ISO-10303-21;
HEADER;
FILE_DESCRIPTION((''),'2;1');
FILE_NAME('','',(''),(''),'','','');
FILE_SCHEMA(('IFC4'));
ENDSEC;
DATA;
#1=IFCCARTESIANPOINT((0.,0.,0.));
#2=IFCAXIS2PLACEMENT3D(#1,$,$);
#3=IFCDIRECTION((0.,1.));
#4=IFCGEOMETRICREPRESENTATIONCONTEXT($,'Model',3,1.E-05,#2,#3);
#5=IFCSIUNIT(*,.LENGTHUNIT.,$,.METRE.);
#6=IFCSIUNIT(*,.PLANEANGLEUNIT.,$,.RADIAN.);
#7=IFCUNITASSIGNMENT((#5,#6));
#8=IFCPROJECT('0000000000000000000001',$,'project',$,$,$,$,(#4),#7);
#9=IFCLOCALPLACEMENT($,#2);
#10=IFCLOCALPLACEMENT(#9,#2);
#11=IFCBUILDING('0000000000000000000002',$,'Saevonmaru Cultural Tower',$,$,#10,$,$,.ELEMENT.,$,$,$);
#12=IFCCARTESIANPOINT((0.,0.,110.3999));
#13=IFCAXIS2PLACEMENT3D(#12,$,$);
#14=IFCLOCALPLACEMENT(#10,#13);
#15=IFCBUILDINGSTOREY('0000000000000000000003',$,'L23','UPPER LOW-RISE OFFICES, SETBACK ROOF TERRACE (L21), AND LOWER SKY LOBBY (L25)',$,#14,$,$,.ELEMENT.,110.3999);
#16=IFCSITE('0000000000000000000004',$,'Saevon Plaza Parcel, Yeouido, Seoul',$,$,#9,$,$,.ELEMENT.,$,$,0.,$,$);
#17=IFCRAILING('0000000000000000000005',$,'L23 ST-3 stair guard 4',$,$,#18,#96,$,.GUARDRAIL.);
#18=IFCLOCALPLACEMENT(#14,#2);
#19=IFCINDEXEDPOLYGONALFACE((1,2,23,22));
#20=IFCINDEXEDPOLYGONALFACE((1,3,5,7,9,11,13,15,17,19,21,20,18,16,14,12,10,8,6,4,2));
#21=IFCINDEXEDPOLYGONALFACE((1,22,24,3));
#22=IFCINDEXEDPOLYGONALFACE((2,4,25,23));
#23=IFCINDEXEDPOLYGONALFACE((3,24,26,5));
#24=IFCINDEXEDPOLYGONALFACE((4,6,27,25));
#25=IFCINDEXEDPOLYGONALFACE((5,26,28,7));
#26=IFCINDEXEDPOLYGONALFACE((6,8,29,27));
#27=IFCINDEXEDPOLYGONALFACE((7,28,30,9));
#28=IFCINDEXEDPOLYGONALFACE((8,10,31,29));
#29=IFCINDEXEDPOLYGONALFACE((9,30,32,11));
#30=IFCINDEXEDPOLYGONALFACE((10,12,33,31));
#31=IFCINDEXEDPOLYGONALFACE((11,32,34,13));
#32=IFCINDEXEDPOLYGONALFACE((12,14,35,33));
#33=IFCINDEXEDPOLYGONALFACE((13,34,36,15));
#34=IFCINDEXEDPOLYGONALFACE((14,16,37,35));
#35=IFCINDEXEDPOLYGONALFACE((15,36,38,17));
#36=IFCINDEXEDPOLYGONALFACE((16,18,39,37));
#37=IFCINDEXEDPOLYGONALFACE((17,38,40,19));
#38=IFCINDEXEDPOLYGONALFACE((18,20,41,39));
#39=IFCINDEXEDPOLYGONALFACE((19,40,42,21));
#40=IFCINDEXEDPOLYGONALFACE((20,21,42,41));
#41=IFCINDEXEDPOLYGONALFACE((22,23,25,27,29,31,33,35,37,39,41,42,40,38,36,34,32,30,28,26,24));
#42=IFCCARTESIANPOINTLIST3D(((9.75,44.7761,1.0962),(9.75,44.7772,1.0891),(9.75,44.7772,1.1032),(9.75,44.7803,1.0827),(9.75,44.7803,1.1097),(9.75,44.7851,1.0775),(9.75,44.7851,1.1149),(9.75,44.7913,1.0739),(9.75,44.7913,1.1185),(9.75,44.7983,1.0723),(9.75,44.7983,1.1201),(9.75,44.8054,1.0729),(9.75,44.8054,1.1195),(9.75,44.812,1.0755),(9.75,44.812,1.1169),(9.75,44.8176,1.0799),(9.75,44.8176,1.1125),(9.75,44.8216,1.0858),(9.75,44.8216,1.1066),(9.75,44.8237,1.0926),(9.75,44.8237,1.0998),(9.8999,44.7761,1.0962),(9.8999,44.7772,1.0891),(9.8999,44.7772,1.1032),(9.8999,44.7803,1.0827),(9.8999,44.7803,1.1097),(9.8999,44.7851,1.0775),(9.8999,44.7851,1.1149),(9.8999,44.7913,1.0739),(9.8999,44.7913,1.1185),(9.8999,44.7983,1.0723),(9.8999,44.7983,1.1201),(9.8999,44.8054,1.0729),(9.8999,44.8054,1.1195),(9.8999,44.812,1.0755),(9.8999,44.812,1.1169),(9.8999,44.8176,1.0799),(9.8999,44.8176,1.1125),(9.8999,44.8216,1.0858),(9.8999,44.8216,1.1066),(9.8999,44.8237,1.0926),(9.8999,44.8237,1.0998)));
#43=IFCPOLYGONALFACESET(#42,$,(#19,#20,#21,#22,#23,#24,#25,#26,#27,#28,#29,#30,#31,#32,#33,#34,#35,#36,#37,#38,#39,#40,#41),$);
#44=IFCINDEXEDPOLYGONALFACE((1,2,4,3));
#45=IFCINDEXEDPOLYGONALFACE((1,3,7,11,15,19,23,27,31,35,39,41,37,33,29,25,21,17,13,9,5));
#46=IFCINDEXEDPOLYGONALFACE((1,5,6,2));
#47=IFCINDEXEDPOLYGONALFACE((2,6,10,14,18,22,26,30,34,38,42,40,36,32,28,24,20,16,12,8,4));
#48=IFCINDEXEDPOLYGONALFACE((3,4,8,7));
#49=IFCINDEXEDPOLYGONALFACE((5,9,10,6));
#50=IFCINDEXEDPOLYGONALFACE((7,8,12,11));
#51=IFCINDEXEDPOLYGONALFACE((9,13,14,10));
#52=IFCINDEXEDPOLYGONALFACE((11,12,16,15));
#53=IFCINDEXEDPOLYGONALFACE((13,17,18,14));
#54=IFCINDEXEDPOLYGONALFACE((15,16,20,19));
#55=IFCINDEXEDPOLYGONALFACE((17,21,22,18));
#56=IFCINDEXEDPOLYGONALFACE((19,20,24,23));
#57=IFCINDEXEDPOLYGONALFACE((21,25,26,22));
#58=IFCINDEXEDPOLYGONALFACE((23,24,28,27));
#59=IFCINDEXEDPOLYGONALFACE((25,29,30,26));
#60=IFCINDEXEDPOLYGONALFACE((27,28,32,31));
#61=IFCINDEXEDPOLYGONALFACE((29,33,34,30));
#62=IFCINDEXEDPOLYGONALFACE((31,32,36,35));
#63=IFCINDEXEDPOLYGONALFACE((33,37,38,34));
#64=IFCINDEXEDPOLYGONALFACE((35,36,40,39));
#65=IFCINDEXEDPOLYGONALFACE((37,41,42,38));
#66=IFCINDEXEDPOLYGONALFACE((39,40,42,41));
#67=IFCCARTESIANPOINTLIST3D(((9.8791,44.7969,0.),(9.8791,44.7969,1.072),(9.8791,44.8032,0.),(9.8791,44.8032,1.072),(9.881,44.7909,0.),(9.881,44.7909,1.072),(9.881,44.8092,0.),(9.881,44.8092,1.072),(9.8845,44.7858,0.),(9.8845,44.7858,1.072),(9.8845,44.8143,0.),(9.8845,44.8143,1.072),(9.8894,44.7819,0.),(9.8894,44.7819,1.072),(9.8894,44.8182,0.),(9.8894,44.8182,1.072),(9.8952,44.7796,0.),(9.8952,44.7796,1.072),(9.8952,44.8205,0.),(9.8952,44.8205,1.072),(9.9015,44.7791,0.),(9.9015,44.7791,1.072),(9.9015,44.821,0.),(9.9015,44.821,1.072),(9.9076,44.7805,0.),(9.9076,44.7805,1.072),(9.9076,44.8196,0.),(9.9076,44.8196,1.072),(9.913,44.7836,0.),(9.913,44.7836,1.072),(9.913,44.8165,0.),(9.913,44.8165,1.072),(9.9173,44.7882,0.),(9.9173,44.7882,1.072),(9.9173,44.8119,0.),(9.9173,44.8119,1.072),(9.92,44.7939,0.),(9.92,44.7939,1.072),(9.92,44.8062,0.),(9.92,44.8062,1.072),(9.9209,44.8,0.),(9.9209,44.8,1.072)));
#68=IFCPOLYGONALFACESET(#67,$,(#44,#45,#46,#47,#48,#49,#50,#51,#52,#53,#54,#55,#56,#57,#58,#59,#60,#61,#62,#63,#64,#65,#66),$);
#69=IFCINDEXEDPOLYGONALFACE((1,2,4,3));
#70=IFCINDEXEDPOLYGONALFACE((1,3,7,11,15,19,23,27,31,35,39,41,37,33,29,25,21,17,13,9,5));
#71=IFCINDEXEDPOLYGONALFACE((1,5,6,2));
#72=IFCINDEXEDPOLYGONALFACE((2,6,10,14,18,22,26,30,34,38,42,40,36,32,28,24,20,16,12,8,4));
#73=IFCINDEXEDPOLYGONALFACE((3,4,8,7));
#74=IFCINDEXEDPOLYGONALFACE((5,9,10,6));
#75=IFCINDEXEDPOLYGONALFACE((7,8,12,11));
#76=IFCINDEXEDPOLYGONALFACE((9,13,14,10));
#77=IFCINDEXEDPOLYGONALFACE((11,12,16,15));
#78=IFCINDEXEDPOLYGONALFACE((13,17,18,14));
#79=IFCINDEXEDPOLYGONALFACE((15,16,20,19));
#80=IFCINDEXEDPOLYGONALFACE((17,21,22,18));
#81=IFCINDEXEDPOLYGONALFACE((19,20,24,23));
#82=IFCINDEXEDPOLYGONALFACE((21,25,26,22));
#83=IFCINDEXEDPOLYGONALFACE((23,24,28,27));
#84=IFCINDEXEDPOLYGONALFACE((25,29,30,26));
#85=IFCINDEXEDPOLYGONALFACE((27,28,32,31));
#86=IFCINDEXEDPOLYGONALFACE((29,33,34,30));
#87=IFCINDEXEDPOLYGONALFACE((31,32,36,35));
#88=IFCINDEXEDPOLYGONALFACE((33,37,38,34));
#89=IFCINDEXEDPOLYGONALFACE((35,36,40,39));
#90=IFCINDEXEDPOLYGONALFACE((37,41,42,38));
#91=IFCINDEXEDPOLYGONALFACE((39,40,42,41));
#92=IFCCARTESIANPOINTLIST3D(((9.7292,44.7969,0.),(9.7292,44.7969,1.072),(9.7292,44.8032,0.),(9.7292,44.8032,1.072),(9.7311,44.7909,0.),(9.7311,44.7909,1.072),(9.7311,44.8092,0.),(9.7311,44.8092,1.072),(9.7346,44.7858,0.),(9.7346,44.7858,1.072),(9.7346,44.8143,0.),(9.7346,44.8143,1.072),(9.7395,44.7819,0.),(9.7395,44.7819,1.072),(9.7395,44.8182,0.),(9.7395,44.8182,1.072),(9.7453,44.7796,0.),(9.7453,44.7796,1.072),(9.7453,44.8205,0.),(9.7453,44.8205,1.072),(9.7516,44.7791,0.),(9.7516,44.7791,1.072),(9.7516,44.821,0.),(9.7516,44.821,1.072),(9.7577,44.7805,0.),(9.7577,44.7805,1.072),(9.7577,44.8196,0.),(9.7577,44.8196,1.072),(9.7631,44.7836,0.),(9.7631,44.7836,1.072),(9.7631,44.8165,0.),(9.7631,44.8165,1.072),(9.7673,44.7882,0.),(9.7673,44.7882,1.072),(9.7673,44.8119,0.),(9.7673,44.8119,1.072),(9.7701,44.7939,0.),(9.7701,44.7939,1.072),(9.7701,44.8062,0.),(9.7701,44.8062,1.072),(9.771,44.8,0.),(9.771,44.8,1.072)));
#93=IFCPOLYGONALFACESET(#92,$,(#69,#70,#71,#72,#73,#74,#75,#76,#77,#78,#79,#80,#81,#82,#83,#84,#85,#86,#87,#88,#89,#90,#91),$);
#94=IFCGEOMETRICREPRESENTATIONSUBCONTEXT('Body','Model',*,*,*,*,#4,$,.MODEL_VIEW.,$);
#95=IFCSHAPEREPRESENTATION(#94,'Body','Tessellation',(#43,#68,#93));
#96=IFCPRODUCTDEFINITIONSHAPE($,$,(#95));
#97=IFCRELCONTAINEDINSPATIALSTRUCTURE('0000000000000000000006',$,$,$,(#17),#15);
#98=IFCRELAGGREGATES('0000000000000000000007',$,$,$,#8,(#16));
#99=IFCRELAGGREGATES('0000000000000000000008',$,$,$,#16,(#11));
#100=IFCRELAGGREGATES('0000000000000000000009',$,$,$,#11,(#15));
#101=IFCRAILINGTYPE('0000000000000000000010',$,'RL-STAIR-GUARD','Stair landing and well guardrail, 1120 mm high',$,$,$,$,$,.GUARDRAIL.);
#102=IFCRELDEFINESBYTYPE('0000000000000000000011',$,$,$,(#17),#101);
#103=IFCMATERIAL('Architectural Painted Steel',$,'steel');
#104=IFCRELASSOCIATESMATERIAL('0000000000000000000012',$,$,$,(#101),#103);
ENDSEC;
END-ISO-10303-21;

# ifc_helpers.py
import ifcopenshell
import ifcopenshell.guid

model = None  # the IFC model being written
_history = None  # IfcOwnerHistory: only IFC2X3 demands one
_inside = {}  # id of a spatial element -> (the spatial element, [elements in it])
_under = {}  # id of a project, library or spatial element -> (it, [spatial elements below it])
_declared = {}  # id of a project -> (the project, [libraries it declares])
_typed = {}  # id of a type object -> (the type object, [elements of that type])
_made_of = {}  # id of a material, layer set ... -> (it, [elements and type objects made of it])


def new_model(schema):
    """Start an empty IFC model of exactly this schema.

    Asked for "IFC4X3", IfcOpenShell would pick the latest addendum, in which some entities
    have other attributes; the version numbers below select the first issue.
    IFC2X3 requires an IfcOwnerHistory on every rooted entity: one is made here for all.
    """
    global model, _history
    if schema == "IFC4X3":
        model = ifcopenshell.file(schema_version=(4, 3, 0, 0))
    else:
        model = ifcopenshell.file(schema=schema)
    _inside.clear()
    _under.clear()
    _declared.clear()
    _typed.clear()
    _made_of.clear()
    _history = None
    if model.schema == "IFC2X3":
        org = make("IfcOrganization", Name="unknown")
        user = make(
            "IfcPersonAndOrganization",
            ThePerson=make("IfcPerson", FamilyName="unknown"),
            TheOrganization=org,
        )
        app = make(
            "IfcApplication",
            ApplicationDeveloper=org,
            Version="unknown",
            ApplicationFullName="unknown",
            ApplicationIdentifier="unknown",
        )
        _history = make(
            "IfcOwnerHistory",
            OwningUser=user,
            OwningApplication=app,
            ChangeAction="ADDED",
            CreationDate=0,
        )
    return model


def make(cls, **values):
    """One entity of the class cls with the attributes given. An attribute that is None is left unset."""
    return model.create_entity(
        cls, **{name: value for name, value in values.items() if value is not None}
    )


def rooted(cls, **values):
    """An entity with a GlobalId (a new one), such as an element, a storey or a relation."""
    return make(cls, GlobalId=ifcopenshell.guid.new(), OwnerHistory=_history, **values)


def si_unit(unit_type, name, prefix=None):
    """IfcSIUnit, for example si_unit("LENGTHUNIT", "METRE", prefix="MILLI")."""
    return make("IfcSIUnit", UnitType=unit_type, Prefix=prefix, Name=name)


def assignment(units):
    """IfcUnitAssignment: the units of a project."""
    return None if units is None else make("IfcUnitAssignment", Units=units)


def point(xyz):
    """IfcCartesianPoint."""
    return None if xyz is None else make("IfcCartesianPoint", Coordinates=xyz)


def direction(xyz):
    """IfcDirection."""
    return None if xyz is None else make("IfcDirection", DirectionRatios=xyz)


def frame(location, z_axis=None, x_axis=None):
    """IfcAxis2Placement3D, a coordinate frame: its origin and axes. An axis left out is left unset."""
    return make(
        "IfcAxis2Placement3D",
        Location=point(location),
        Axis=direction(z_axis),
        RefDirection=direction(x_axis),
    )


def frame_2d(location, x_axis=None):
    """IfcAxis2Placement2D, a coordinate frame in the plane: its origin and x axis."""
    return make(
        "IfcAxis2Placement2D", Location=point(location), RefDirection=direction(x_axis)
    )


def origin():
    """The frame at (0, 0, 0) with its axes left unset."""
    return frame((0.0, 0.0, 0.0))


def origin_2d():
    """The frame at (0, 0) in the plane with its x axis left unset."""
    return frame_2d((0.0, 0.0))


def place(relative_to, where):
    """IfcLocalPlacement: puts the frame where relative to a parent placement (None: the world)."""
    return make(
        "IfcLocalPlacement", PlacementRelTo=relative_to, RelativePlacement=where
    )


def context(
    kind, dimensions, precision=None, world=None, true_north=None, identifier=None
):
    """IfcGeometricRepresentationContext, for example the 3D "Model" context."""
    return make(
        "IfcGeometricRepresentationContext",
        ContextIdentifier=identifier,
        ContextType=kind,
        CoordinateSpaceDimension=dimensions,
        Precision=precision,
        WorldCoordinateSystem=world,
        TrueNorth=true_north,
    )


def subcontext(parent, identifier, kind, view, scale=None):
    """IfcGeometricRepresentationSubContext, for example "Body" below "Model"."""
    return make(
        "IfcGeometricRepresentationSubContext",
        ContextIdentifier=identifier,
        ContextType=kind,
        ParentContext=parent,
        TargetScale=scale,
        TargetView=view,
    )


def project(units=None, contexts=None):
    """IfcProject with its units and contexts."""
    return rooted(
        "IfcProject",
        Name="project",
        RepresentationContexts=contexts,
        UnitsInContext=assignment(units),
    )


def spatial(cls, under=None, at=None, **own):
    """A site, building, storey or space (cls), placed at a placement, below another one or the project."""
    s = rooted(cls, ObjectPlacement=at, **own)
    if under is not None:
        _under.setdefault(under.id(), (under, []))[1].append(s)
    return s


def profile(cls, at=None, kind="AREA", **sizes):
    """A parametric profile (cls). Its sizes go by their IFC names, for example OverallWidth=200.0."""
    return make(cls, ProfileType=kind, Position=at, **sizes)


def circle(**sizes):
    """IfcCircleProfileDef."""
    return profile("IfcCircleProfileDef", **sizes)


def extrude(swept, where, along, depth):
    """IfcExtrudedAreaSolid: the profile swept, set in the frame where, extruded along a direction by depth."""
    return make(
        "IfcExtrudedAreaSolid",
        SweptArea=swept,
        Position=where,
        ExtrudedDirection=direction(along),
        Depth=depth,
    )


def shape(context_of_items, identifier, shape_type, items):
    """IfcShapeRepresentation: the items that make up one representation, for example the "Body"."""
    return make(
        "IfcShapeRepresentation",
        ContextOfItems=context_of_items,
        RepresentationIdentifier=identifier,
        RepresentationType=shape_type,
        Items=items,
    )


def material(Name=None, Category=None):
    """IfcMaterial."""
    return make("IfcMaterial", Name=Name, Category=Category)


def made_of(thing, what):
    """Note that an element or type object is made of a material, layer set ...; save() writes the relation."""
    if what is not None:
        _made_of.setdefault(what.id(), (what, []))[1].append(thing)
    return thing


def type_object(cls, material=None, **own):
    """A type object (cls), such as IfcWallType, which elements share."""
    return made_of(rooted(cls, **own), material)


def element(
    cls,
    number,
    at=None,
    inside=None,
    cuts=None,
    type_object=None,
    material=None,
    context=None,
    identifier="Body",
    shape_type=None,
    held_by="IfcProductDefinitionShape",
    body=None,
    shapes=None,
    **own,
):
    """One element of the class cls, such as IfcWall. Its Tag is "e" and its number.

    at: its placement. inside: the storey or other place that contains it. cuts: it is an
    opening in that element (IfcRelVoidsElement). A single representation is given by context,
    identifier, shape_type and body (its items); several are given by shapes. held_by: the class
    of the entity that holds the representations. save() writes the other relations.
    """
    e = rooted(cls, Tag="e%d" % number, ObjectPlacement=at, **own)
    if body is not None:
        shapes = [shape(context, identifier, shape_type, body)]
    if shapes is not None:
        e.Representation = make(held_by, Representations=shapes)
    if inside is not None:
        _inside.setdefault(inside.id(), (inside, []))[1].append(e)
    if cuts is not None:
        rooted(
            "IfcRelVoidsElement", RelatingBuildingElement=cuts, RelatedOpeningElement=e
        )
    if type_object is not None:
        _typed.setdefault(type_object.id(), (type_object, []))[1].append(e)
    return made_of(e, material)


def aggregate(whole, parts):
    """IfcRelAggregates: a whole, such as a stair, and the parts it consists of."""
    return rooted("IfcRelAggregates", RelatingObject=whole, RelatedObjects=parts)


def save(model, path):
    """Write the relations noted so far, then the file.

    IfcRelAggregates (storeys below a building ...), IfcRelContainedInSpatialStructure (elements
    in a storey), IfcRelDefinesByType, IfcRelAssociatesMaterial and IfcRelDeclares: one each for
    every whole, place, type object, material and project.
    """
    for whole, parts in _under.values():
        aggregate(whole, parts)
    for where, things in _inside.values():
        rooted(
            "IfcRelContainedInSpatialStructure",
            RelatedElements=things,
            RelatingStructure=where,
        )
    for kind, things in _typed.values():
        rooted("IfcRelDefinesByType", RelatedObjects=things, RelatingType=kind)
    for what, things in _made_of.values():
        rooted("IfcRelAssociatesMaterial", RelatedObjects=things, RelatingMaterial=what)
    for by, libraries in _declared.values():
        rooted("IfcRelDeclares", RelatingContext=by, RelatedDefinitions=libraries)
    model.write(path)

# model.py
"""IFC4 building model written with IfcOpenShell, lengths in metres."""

from ifc_helpers import new_model, si_unit, direction, frame, origin, origin_2d, place, context, subcontext, project, spatial, circle, extrude, material, type_object, element, save


model = new_model("IFC4")

# Units and contexts
model_context = context("Model", 3, precision=1e-05, world=origin(), true_north=direction((0.0, 1.0)))
body_context = subcontext(model_context, "Body", "Model", "MODEL_VIEW")
ifc_project = project(units=[si_unit("LENGTHUNIT", "METRE"), si_unit("PLANEANGLEUNIT", "RADIAN")], contexts=[model_context])

# Site, building, storey
site_placement = place(None, origin())
site = spatial("IfcSite", under=ifc_project, at=site_placement, Name="Saevon Plaza Parcel, Yeouido, Seoul", CompositionType="ELEMENT", RefElevation=0.0)
building_placement = place(site_placement, origin())
building = spatial("IfcBuilding", under=site, at=building_placement, Name="Saevonmaru Cultural Tower", CompositionType="ELEMENT")
storey_placement = place(building_placement, frame((0.0, 0.0, 110.3999)))
storey = spatial("IfcBuildingStorey", under=building, at=storey_placement, Name="L23", Description="UPPER LOW-RISE OFFICES, SETBACK ROOF TERRACE (L21), AND LOWER SKY LOBBY (L25)", CompositionType="ELEMENT", Elevation=110.3999)

# Railing
ifc_material_1 = material(Name="Architectural Painted Steel", Category="steel")
railing_type_1 = type_object("IfcRailingType", Name="RL-STAIR-GUARD", Description="Stair landing and well guardrail, 1120 mm high", PredefinedType="GUARDRAIL", material=ifc_material_1)
railing_1_placement = place(storey_placement, frame((9.8999, 44.8, 0.0)))
element("IfcRailing", 1, at=railing_1_placement, inside=storey, type_object=railing_type_1, Name="L23 ST-3 stair guard 4", PredefinedType="GUARDRAIL", context=body_context, shape_type="SweptSolid", body=[
    extrude(circle(Radius=0.0239, at=origin_2d()), frame((0.0, 0.0, 1.0962), z_axis=(-1.0, 0.0, 0.0), x_axis=(0.0, -1.0, 0.0)), (0.0, 0.0, 1.0), 0.1499),
    extrude(circle(Radius=0.021, at=origin_2d()), origin(), (0.0, 0.0, 1.0), 1.072),
    extrude(circle(Radius=0.021, at=origin_2d()), frame((-0.1499, 0.0, 0.0)), (0.0, 0.0, 1.0), 1.072),
])

save(model, "model.ifc")
